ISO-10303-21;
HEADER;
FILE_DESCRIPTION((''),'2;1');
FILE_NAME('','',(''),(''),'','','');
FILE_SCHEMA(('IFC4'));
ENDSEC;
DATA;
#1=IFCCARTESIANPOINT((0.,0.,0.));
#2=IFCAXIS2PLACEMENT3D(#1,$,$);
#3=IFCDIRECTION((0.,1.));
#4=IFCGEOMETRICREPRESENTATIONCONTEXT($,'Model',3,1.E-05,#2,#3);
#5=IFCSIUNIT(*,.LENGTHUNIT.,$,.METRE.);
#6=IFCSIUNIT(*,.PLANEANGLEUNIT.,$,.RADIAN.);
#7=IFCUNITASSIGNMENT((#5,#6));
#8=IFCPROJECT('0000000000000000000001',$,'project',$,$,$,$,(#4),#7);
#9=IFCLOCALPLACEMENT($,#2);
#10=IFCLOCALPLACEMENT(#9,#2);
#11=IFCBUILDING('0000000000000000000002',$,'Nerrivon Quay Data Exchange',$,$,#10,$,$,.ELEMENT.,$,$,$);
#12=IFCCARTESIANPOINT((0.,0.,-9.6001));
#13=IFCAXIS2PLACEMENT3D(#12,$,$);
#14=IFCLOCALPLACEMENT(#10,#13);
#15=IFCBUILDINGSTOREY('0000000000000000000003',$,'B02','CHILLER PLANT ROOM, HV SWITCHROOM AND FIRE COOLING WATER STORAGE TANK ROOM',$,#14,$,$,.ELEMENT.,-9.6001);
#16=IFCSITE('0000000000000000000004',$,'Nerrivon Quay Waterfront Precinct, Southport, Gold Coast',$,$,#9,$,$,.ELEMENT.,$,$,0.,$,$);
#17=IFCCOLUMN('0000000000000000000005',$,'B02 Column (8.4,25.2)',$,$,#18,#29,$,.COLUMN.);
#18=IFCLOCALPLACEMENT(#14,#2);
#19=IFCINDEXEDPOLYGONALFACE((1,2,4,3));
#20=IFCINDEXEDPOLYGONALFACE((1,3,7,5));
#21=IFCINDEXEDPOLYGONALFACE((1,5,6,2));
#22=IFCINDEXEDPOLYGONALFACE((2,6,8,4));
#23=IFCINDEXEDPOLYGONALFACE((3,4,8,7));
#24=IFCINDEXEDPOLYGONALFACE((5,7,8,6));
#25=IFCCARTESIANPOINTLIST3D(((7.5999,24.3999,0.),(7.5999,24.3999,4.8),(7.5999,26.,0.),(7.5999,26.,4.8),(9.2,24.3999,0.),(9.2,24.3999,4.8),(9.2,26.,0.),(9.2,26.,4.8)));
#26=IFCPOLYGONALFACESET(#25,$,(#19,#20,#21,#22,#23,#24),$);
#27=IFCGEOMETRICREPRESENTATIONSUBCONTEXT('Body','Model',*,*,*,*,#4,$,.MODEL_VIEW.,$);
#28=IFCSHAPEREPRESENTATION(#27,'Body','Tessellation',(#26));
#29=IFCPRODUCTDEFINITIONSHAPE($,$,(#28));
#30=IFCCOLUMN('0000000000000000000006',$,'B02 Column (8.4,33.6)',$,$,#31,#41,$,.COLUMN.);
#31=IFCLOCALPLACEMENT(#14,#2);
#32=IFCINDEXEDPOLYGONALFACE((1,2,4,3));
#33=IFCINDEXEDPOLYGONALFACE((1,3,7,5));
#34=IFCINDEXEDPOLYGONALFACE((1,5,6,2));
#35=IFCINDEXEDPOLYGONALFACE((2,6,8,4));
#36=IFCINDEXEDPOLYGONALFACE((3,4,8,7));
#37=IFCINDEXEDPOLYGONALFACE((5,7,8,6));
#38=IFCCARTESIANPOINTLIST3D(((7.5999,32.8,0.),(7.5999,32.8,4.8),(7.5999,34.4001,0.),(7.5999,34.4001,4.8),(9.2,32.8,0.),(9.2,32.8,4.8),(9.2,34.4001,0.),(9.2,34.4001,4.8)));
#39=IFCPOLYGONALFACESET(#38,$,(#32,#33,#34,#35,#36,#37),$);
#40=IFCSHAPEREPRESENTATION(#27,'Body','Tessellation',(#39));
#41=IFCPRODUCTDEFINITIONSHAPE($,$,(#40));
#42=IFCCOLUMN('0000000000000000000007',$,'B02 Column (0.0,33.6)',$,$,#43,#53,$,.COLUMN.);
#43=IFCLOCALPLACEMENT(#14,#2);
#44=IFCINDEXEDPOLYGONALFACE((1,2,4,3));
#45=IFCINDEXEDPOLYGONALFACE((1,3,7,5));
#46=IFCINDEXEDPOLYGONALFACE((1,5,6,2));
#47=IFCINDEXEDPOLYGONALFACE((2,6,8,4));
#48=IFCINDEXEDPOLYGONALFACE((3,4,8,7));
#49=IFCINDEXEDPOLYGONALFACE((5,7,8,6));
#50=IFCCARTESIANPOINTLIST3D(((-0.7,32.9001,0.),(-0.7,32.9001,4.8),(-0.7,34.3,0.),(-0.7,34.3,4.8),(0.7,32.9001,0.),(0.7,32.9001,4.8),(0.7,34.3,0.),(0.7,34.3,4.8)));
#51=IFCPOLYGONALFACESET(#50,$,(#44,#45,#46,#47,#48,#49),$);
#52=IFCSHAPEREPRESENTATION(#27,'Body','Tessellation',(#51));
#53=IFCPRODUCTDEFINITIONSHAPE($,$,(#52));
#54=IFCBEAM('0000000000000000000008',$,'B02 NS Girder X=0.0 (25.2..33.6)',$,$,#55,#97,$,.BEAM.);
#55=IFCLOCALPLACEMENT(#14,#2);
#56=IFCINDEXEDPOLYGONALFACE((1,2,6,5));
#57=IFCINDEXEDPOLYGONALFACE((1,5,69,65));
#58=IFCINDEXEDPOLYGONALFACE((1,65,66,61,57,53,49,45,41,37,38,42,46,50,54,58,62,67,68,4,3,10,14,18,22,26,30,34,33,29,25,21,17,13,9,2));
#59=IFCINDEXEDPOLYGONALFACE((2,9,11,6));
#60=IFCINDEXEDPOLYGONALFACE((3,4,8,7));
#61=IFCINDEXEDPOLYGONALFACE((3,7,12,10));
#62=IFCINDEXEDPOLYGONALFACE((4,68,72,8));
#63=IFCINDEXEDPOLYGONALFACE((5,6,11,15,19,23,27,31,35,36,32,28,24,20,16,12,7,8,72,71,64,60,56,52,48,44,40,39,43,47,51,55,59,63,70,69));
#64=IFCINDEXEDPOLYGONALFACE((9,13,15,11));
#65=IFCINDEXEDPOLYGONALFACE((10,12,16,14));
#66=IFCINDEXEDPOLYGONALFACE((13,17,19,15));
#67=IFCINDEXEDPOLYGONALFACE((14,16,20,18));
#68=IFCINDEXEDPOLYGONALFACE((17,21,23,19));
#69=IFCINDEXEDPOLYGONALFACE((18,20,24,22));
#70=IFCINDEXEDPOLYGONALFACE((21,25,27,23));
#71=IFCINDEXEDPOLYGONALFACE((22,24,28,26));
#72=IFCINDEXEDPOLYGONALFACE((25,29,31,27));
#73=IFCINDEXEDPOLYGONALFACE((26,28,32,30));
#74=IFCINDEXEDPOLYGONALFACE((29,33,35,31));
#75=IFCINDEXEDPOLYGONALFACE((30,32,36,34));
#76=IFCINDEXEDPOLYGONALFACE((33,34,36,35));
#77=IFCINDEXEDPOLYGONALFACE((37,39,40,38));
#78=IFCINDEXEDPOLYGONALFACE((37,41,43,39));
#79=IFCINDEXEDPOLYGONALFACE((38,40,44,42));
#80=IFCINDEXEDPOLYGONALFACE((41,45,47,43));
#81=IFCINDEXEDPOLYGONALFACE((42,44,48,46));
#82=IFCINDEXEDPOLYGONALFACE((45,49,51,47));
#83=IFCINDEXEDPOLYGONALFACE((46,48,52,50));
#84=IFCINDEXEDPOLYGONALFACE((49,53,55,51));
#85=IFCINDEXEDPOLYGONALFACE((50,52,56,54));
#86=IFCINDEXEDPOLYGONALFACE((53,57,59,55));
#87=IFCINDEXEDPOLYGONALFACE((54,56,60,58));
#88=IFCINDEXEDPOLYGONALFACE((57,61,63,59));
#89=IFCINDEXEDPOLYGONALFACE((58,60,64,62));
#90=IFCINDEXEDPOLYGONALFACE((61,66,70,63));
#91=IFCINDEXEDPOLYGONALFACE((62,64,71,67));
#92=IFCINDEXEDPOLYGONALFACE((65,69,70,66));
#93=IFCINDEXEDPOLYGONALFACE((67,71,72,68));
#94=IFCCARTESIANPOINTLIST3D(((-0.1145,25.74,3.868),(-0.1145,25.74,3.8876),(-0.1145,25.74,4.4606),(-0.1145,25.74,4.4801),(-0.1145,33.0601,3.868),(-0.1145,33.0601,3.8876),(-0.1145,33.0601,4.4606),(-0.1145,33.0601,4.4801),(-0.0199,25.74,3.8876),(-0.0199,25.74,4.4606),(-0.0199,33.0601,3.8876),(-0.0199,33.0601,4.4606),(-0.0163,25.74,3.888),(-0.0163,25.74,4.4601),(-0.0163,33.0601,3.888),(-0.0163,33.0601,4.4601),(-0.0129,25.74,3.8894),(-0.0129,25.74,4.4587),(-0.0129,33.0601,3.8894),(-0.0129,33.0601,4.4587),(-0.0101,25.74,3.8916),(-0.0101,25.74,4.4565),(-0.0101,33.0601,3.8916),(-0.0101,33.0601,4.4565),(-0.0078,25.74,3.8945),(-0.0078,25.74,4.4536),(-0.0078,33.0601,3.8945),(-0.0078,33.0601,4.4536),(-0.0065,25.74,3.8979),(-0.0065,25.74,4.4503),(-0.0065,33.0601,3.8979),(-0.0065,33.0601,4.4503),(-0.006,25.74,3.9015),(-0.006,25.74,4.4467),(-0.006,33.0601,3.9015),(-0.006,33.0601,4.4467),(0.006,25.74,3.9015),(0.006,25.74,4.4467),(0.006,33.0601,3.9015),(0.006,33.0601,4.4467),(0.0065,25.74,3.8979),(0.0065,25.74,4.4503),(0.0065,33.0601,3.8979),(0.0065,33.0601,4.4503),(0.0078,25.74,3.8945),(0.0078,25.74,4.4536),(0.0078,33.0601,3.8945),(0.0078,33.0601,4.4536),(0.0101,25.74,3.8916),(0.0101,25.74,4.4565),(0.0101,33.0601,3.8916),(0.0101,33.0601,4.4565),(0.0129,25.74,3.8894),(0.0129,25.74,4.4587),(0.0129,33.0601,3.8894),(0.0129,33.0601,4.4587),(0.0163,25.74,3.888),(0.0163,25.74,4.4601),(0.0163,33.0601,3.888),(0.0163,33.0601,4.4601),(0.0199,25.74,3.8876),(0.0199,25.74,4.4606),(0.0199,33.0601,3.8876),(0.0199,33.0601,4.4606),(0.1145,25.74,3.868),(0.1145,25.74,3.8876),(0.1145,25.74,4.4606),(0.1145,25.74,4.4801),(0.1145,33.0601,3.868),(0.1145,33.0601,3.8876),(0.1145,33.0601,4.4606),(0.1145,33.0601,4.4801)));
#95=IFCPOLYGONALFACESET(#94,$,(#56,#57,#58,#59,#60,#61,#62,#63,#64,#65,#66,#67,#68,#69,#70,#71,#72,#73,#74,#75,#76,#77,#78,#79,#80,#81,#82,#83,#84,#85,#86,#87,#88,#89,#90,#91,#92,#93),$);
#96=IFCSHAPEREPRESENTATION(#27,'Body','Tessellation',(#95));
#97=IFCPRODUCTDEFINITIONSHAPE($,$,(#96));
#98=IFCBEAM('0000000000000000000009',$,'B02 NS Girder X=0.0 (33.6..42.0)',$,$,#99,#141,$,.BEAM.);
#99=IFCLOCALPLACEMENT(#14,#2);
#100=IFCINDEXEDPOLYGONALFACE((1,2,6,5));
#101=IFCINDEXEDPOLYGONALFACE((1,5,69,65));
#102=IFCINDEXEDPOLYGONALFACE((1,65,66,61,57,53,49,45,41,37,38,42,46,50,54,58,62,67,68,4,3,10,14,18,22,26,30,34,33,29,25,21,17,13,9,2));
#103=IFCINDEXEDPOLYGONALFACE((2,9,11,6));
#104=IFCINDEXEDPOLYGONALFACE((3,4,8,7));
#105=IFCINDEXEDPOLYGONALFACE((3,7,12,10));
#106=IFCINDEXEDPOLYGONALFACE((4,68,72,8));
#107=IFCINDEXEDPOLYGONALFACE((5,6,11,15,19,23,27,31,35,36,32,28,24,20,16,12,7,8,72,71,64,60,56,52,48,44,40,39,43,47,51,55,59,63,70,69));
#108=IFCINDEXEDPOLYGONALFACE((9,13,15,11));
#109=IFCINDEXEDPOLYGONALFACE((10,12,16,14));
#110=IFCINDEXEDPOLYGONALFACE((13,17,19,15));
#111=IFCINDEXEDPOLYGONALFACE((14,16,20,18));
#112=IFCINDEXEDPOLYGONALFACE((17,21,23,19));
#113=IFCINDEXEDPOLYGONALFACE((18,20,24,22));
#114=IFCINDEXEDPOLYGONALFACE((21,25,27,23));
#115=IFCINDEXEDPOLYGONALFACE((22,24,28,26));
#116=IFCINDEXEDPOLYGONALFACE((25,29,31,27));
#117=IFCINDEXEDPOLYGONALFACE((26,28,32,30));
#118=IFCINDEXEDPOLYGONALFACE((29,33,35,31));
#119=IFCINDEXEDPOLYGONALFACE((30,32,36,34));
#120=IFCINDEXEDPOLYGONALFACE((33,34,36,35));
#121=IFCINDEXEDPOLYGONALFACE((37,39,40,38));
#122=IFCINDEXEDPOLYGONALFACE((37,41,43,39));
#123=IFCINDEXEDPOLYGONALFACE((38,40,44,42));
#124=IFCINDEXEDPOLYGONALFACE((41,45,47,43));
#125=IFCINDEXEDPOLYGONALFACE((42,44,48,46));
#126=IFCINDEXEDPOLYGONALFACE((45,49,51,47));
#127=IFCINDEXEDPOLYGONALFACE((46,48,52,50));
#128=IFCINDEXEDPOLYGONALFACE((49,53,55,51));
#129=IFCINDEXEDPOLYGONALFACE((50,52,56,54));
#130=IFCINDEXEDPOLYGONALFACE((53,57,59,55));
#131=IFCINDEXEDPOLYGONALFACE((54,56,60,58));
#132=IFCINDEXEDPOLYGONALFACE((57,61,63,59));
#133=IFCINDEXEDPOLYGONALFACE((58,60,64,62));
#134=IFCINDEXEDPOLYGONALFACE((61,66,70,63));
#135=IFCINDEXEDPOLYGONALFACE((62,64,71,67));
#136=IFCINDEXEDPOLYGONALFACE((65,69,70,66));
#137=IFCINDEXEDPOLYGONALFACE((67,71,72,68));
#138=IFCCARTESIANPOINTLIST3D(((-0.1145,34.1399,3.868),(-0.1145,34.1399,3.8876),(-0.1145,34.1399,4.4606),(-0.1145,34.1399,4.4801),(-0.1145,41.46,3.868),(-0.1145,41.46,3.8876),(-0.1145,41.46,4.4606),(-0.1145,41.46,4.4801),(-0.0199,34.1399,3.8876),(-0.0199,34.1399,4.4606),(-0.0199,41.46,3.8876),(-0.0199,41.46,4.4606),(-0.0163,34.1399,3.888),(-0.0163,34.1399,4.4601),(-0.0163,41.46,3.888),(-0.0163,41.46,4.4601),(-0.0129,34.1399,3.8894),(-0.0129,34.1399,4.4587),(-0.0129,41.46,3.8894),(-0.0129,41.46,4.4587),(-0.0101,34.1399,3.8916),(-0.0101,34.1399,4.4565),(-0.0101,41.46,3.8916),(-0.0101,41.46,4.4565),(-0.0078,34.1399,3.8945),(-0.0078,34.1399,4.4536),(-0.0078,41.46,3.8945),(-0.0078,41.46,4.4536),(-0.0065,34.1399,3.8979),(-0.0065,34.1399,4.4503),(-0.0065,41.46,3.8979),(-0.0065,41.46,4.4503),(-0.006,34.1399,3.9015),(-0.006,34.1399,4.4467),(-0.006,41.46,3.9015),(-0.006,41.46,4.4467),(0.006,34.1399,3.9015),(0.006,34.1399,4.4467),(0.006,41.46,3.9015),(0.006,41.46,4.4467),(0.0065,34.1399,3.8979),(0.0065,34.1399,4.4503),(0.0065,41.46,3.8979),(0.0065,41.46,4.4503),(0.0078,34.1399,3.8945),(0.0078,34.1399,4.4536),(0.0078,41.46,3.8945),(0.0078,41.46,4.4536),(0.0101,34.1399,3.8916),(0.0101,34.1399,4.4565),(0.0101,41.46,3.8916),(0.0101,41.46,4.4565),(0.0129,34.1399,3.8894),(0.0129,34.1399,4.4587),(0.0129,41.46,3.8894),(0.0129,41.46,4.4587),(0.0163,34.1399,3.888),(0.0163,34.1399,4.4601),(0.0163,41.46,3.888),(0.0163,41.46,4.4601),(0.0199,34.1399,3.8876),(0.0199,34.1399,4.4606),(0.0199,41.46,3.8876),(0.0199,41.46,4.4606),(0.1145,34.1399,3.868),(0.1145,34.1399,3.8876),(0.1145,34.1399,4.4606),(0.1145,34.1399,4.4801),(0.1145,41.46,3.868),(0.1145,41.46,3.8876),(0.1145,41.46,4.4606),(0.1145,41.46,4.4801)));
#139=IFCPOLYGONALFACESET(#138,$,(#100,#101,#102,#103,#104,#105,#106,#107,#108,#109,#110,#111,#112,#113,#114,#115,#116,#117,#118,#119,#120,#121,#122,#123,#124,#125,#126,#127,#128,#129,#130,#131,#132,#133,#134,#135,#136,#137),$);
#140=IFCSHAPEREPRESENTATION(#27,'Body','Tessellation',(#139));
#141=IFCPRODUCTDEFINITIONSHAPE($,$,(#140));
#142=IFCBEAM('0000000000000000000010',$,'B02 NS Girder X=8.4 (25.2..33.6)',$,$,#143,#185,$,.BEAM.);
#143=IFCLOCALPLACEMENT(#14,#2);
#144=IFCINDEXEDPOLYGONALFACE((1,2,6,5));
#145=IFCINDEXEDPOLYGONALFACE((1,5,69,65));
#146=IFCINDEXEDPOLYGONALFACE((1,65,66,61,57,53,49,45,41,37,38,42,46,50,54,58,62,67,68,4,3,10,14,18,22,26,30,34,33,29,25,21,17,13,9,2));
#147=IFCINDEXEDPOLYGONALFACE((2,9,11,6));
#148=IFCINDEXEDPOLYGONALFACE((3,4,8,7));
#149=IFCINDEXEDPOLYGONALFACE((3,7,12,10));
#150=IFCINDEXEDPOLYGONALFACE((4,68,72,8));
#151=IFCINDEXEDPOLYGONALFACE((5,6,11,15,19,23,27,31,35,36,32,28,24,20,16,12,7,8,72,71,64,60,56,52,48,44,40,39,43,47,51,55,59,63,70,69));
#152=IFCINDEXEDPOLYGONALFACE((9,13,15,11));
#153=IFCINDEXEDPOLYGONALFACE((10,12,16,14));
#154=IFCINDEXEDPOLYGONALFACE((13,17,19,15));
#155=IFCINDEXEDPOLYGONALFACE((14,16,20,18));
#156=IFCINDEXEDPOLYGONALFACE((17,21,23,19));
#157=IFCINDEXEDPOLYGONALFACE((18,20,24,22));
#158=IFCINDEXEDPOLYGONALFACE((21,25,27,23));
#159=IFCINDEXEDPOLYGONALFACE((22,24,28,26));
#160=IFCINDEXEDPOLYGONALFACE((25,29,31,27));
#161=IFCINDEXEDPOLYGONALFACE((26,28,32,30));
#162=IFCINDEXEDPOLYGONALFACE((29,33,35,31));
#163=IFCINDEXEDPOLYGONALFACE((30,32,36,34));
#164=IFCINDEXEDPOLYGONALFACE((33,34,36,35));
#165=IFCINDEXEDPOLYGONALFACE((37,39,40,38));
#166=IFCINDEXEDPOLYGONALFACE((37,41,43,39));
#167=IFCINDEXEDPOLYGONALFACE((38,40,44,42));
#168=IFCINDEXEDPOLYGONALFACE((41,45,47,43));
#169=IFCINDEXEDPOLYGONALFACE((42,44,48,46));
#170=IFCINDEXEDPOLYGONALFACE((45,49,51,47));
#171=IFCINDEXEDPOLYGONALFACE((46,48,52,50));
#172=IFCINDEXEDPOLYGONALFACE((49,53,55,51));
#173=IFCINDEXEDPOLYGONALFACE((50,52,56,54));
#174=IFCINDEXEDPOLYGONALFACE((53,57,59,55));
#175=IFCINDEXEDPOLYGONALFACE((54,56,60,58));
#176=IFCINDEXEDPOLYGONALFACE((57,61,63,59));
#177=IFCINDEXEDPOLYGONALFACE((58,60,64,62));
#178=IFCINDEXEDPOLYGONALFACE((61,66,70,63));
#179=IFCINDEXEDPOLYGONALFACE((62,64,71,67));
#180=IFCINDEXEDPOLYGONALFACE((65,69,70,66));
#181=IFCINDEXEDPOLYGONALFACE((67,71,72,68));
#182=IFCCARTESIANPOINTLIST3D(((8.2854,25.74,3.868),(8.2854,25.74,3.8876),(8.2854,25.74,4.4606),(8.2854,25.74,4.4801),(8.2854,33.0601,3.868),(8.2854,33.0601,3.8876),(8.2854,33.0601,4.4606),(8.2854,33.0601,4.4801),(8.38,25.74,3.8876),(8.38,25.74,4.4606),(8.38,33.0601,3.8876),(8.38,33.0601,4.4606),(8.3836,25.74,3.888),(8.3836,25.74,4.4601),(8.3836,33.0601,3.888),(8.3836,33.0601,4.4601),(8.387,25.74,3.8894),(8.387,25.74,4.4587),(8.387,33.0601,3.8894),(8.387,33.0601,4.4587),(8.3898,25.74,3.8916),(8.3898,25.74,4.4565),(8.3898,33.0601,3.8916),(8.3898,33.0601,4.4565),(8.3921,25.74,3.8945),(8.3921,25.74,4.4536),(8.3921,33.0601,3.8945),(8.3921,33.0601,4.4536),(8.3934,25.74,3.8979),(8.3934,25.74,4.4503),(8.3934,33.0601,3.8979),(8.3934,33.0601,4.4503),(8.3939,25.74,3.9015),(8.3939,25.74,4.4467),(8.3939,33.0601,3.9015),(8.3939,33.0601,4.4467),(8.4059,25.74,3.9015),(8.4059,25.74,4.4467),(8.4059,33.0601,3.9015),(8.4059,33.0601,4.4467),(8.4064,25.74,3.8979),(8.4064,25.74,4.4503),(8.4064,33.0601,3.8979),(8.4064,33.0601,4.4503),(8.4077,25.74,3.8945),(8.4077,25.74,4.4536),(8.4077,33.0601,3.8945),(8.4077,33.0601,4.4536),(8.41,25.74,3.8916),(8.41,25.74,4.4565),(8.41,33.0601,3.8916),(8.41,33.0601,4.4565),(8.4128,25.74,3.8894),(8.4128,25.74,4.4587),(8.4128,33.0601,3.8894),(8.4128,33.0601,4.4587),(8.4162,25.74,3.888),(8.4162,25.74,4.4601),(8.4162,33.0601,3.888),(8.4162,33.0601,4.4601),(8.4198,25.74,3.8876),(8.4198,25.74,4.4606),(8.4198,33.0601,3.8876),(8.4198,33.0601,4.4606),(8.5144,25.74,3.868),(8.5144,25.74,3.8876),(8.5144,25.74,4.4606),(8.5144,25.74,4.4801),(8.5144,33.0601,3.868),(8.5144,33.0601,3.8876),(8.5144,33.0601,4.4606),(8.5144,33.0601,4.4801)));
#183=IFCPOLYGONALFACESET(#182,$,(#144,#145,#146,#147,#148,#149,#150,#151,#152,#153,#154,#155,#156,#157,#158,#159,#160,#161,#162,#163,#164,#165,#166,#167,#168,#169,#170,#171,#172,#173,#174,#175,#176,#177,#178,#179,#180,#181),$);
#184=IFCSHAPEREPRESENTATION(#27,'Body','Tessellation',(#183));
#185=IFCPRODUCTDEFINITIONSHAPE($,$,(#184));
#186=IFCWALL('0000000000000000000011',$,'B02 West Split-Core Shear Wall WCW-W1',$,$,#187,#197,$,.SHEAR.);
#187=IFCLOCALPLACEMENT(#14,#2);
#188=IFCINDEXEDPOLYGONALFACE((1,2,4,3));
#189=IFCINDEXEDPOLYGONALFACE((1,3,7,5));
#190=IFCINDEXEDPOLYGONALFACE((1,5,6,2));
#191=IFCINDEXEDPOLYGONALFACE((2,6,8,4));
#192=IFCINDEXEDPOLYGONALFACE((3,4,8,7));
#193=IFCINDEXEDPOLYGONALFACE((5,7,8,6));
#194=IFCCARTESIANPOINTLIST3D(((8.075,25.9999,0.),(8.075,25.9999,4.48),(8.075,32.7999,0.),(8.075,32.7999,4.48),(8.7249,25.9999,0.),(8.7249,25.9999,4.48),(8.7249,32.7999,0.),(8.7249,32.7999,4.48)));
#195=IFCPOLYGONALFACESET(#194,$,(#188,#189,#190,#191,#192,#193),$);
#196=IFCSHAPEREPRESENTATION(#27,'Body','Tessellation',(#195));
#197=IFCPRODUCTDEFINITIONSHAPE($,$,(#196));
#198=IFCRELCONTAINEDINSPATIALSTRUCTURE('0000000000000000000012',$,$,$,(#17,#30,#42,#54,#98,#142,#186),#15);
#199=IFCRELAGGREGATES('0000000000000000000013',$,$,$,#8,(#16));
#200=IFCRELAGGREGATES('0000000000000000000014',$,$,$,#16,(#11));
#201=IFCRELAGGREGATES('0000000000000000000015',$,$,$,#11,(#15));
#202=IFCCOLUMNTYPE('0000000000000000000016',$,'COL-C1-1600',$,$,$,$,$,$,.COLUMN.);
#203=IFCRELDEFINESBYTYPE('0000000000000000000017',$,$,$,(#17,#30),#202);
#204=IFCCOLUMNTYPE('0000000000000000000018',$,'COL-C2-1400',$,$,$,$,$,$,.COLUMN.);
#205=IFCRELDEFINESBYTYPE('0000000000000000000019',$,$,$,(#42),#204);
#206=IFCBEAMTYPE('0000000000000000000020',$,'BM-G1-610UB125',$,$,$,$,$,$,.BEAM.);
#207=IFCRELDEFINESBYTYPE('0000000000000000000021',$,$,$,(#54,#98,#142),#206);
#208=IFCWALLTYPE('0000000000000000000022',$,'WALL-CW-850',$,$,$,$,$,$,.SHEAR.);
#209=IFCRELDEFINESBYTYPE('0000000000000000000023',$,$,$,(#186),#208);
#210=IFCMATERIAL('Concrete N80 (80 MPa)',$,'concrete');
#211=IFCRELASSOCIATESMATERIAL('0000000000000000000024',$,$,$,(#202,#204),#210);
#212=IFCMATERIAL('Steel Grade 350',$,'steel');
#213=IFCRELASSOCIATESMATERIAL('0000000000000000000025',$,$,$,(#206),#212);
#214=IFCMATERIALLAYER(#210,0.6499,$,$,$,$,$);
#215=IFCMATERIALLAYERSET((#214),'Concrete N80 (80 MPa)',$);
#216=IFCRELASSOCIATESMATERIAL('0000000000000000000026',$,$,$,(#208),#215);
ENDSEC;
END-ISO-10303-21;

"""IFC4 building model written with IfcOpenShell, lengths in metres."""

from ifc_helpers import new_model, si_unit, direction, frame, frame_2d, origin, origin_2d, place, context, subcontext, project, spatial, rectangle, i_section, extrude, material, layer, layer_set, material_profile, profile_set, type_object, element, save


model = new_model("IFC4")

# Units and contexts
model_context = context("Model", 3, precision=1e-05, world=origin(), true_north=direction((0.0, 1.0)))
body_context = subcontext(model_context, "Body", "Model", "MODEL_VIEW")
ifc_project = project(units=[si_unit("LENGTHUNIT", "METRE"), si_unit("PLANEANGLEUNIT", "RADIAN")], contexts=[model_context])

# Site, building, storey
site_placement = place(None, origin())
site = spatial("IfcSite", under=ifc_project, at=site_placement, Name="Nerrivon Quay Waterfront Precinct, Southport, Gold Coast", CompositionType="ELEMENT", RefElevation=0.0)
building_placement = place(site_placement, origin())
building = spatial("IfcBuilding", under=site, at=building_placement, Name="Nerrivon Quay Data Exchange", CompositionType="ELEMENT")
storey_placement = place(building_placement, frame((0.0, 0.0, -9.6001)))
storey = spatial("IfcBuildingStorey", under=building, at=storey_placement, Name="B02", Description="CHILLER PLANT ROOM, HV SWITCHROOM AND FIRE COOLING WATER STORAGE TANK ROOM", CompositionType="ELEMENT", Elevation=-9.6001)

# Columns
ifc_material_1 = material(Name="Concrete N80 (80 MPa)", Category="concrete")
ifc_material_profile_1 = material_profile(ifc_material_1, rectangle(XDim=1.6001, YDim=1.6001, at=origin_2d()), Name="RC-COL-1600x1600")
ifc_profile_set_1 = profile_set([ifc_material_profile_1], Name="Concrete N80 (80 MPa)")
column_type_1 = type_object("IfcColumnType", Name="COL-C1-1600", PredefinedType="COLUMN", material=ifc_profile_set_1)
for number, where, z_axis, x_axis, name in (
    (1, (8.3999, 25.2, 0.0), (0.0, 0.0, 1.0), (1.0, 0.0, 0.0), "B02 Column (8.4,25.2)"),
    (2, (8.3999, 33.6001, 0.0), (0.0, 0.0, 1.0), (1.0, 0.0, 0.0), "B02 Column (8.4,33.6)"),
):
    element("IfcColumn", number, at=place(storey_placement, frame(where, z_axis=z_axis, x_axis=x_axis)), inside=storey, type_object=column_type_1, Name=name, PredefinedType="COLUMN", context=body_context, shape_type="SweptSolid", body=[
        extrude(rectangle(XDim=1.6001, YDim=1.6001, at=origin_2d()), origin(), (0.0, 0.0, 1.0), 4.8),
    ])
ifc_material_profile_2 = material_profile(ifc_material_1, rectangle(XDim=1.3999, YDim=1.3999, at=origin_2d()), Name="RC-COL-1400x1400")
ifc_profile_set_2 = profile_set([ifc_material_profile_2], Name="Concrete N80 (80 MPa)")
column_type_2 = type_object("IfcColumnType", Name="COL-C2-1400", PredefinedType="COLUMN", material=ifc_profile_set_2)
column_placement = place(storey_placement, frame((0.0, 33.6001, 0.0), z_axis=(0.0, 0.0, 1.0), x_axis=(1.0, 0.0, 0.0)))
element("IfcColumn", 3, at=column_placement, inside=storey, type_object=column_type_2, Name="B02 Column (0.0,33.6)", PredefinedType="COLUMN", context=body_context, shape_type="SweptSolid", body=[
    extrude(rectangle(XDim=1.3999, YDim=1.3999, at=origin_2d()), origin(), (0.0, 0.0, 1.0), 4.8),
])

# Beams
ifc_material_2 = material(Name="Steel Grade 350", Category="steel")
ifc_material_profile_3 = material_profile(ifc_material_2, i_section(OverallWidth=0.229, OverallDepth=0.6121, WebThickness=0.012, FlangeThickness=0.0195, FilletRadius=0.0139, at=origin_2d()), Name="610UB125")
ifc_profile_set_3 = profile_set([ifc_material_profile_3], Name="Steel Grade 350")
beam_type = type_object("IfcBeamType", Name="BM-G1-610UB125", PredefinedType="BEAM", material=ifc_profile_set_3)
for number, where, z_axis, x_axis, name in (
    (4, (0.0, 25.74, 4.1741), (0.0, 1.0, 0.0), (-1.0, 0.0, 0.0), "B02 NS Girder X=0.0 (25.2..33.6)"),
    (5, (0.0, 34.1399, 4.1741), (0.0, 1.0, 0.0), (-1.0, 0.0, 0.0), "B02 NS Girder X=0.0 (33.6..42.0)"),
    (6, (8.3999, 25.74, 4.1741), (0.0, 1.0, 0.0), (-1.0, 0.0, 0.0), "B02 NS Girder X=8.4 (25.2..33.6)"),
):
    element("IfcBeam", number, at=place(storey_placement, frame(where, z_axis=z_axis, x_axis=x_axis)), inside=storey, type_object=beam_type, Name=name, PredefinedType="BEAM", context=body_context, shape_type="SweptSolid", body=[
        extrude(i_section(OverallWidth=0.229, OverallDepth=0.6121, WebThickness=0.012, FlangeThickness=0.0195, FilletRadius=0.0139, at=origin_2d()), origin(), (0.0, 0.0, 1.0), 7.3201),
    ])

# Wall
ifc_layer_1 = layer(ifc_material_1, 0.6499)
ifc_layer_set_1 = layer_set([ifc_layer_1], Name="Concrete N80 (80 MPa)")
wall_type_1 = type_object("IfcWallType", Name="WALL-CW-850", PredefinedType="SHEAR", material=ifc_layer_set_1)
wall_1_placement = place(storey_placement, frame((8.3999, 26.0, 0.0), z_axis=(0.0, 0.0, 1.0), x_axis=(0.0, 1.0, 0.0)))
element("IfcWall", 7, at=wall_1_placement, inside=storey, type_object=wall_type_1, Name="B02 West Split-Core Shear Wall WCW-W1", PredefinedType="SHEAR", context=body_context, shape_type="SweptSolid", body=[
    extrude(rectangle(XDim=6.8, YDim=0.6499, at=frame_2d((3.3999, 0.0))), origin(), (0.0, 0.0, 1.0), 4.48),
])

save(model, "model.ifc")
